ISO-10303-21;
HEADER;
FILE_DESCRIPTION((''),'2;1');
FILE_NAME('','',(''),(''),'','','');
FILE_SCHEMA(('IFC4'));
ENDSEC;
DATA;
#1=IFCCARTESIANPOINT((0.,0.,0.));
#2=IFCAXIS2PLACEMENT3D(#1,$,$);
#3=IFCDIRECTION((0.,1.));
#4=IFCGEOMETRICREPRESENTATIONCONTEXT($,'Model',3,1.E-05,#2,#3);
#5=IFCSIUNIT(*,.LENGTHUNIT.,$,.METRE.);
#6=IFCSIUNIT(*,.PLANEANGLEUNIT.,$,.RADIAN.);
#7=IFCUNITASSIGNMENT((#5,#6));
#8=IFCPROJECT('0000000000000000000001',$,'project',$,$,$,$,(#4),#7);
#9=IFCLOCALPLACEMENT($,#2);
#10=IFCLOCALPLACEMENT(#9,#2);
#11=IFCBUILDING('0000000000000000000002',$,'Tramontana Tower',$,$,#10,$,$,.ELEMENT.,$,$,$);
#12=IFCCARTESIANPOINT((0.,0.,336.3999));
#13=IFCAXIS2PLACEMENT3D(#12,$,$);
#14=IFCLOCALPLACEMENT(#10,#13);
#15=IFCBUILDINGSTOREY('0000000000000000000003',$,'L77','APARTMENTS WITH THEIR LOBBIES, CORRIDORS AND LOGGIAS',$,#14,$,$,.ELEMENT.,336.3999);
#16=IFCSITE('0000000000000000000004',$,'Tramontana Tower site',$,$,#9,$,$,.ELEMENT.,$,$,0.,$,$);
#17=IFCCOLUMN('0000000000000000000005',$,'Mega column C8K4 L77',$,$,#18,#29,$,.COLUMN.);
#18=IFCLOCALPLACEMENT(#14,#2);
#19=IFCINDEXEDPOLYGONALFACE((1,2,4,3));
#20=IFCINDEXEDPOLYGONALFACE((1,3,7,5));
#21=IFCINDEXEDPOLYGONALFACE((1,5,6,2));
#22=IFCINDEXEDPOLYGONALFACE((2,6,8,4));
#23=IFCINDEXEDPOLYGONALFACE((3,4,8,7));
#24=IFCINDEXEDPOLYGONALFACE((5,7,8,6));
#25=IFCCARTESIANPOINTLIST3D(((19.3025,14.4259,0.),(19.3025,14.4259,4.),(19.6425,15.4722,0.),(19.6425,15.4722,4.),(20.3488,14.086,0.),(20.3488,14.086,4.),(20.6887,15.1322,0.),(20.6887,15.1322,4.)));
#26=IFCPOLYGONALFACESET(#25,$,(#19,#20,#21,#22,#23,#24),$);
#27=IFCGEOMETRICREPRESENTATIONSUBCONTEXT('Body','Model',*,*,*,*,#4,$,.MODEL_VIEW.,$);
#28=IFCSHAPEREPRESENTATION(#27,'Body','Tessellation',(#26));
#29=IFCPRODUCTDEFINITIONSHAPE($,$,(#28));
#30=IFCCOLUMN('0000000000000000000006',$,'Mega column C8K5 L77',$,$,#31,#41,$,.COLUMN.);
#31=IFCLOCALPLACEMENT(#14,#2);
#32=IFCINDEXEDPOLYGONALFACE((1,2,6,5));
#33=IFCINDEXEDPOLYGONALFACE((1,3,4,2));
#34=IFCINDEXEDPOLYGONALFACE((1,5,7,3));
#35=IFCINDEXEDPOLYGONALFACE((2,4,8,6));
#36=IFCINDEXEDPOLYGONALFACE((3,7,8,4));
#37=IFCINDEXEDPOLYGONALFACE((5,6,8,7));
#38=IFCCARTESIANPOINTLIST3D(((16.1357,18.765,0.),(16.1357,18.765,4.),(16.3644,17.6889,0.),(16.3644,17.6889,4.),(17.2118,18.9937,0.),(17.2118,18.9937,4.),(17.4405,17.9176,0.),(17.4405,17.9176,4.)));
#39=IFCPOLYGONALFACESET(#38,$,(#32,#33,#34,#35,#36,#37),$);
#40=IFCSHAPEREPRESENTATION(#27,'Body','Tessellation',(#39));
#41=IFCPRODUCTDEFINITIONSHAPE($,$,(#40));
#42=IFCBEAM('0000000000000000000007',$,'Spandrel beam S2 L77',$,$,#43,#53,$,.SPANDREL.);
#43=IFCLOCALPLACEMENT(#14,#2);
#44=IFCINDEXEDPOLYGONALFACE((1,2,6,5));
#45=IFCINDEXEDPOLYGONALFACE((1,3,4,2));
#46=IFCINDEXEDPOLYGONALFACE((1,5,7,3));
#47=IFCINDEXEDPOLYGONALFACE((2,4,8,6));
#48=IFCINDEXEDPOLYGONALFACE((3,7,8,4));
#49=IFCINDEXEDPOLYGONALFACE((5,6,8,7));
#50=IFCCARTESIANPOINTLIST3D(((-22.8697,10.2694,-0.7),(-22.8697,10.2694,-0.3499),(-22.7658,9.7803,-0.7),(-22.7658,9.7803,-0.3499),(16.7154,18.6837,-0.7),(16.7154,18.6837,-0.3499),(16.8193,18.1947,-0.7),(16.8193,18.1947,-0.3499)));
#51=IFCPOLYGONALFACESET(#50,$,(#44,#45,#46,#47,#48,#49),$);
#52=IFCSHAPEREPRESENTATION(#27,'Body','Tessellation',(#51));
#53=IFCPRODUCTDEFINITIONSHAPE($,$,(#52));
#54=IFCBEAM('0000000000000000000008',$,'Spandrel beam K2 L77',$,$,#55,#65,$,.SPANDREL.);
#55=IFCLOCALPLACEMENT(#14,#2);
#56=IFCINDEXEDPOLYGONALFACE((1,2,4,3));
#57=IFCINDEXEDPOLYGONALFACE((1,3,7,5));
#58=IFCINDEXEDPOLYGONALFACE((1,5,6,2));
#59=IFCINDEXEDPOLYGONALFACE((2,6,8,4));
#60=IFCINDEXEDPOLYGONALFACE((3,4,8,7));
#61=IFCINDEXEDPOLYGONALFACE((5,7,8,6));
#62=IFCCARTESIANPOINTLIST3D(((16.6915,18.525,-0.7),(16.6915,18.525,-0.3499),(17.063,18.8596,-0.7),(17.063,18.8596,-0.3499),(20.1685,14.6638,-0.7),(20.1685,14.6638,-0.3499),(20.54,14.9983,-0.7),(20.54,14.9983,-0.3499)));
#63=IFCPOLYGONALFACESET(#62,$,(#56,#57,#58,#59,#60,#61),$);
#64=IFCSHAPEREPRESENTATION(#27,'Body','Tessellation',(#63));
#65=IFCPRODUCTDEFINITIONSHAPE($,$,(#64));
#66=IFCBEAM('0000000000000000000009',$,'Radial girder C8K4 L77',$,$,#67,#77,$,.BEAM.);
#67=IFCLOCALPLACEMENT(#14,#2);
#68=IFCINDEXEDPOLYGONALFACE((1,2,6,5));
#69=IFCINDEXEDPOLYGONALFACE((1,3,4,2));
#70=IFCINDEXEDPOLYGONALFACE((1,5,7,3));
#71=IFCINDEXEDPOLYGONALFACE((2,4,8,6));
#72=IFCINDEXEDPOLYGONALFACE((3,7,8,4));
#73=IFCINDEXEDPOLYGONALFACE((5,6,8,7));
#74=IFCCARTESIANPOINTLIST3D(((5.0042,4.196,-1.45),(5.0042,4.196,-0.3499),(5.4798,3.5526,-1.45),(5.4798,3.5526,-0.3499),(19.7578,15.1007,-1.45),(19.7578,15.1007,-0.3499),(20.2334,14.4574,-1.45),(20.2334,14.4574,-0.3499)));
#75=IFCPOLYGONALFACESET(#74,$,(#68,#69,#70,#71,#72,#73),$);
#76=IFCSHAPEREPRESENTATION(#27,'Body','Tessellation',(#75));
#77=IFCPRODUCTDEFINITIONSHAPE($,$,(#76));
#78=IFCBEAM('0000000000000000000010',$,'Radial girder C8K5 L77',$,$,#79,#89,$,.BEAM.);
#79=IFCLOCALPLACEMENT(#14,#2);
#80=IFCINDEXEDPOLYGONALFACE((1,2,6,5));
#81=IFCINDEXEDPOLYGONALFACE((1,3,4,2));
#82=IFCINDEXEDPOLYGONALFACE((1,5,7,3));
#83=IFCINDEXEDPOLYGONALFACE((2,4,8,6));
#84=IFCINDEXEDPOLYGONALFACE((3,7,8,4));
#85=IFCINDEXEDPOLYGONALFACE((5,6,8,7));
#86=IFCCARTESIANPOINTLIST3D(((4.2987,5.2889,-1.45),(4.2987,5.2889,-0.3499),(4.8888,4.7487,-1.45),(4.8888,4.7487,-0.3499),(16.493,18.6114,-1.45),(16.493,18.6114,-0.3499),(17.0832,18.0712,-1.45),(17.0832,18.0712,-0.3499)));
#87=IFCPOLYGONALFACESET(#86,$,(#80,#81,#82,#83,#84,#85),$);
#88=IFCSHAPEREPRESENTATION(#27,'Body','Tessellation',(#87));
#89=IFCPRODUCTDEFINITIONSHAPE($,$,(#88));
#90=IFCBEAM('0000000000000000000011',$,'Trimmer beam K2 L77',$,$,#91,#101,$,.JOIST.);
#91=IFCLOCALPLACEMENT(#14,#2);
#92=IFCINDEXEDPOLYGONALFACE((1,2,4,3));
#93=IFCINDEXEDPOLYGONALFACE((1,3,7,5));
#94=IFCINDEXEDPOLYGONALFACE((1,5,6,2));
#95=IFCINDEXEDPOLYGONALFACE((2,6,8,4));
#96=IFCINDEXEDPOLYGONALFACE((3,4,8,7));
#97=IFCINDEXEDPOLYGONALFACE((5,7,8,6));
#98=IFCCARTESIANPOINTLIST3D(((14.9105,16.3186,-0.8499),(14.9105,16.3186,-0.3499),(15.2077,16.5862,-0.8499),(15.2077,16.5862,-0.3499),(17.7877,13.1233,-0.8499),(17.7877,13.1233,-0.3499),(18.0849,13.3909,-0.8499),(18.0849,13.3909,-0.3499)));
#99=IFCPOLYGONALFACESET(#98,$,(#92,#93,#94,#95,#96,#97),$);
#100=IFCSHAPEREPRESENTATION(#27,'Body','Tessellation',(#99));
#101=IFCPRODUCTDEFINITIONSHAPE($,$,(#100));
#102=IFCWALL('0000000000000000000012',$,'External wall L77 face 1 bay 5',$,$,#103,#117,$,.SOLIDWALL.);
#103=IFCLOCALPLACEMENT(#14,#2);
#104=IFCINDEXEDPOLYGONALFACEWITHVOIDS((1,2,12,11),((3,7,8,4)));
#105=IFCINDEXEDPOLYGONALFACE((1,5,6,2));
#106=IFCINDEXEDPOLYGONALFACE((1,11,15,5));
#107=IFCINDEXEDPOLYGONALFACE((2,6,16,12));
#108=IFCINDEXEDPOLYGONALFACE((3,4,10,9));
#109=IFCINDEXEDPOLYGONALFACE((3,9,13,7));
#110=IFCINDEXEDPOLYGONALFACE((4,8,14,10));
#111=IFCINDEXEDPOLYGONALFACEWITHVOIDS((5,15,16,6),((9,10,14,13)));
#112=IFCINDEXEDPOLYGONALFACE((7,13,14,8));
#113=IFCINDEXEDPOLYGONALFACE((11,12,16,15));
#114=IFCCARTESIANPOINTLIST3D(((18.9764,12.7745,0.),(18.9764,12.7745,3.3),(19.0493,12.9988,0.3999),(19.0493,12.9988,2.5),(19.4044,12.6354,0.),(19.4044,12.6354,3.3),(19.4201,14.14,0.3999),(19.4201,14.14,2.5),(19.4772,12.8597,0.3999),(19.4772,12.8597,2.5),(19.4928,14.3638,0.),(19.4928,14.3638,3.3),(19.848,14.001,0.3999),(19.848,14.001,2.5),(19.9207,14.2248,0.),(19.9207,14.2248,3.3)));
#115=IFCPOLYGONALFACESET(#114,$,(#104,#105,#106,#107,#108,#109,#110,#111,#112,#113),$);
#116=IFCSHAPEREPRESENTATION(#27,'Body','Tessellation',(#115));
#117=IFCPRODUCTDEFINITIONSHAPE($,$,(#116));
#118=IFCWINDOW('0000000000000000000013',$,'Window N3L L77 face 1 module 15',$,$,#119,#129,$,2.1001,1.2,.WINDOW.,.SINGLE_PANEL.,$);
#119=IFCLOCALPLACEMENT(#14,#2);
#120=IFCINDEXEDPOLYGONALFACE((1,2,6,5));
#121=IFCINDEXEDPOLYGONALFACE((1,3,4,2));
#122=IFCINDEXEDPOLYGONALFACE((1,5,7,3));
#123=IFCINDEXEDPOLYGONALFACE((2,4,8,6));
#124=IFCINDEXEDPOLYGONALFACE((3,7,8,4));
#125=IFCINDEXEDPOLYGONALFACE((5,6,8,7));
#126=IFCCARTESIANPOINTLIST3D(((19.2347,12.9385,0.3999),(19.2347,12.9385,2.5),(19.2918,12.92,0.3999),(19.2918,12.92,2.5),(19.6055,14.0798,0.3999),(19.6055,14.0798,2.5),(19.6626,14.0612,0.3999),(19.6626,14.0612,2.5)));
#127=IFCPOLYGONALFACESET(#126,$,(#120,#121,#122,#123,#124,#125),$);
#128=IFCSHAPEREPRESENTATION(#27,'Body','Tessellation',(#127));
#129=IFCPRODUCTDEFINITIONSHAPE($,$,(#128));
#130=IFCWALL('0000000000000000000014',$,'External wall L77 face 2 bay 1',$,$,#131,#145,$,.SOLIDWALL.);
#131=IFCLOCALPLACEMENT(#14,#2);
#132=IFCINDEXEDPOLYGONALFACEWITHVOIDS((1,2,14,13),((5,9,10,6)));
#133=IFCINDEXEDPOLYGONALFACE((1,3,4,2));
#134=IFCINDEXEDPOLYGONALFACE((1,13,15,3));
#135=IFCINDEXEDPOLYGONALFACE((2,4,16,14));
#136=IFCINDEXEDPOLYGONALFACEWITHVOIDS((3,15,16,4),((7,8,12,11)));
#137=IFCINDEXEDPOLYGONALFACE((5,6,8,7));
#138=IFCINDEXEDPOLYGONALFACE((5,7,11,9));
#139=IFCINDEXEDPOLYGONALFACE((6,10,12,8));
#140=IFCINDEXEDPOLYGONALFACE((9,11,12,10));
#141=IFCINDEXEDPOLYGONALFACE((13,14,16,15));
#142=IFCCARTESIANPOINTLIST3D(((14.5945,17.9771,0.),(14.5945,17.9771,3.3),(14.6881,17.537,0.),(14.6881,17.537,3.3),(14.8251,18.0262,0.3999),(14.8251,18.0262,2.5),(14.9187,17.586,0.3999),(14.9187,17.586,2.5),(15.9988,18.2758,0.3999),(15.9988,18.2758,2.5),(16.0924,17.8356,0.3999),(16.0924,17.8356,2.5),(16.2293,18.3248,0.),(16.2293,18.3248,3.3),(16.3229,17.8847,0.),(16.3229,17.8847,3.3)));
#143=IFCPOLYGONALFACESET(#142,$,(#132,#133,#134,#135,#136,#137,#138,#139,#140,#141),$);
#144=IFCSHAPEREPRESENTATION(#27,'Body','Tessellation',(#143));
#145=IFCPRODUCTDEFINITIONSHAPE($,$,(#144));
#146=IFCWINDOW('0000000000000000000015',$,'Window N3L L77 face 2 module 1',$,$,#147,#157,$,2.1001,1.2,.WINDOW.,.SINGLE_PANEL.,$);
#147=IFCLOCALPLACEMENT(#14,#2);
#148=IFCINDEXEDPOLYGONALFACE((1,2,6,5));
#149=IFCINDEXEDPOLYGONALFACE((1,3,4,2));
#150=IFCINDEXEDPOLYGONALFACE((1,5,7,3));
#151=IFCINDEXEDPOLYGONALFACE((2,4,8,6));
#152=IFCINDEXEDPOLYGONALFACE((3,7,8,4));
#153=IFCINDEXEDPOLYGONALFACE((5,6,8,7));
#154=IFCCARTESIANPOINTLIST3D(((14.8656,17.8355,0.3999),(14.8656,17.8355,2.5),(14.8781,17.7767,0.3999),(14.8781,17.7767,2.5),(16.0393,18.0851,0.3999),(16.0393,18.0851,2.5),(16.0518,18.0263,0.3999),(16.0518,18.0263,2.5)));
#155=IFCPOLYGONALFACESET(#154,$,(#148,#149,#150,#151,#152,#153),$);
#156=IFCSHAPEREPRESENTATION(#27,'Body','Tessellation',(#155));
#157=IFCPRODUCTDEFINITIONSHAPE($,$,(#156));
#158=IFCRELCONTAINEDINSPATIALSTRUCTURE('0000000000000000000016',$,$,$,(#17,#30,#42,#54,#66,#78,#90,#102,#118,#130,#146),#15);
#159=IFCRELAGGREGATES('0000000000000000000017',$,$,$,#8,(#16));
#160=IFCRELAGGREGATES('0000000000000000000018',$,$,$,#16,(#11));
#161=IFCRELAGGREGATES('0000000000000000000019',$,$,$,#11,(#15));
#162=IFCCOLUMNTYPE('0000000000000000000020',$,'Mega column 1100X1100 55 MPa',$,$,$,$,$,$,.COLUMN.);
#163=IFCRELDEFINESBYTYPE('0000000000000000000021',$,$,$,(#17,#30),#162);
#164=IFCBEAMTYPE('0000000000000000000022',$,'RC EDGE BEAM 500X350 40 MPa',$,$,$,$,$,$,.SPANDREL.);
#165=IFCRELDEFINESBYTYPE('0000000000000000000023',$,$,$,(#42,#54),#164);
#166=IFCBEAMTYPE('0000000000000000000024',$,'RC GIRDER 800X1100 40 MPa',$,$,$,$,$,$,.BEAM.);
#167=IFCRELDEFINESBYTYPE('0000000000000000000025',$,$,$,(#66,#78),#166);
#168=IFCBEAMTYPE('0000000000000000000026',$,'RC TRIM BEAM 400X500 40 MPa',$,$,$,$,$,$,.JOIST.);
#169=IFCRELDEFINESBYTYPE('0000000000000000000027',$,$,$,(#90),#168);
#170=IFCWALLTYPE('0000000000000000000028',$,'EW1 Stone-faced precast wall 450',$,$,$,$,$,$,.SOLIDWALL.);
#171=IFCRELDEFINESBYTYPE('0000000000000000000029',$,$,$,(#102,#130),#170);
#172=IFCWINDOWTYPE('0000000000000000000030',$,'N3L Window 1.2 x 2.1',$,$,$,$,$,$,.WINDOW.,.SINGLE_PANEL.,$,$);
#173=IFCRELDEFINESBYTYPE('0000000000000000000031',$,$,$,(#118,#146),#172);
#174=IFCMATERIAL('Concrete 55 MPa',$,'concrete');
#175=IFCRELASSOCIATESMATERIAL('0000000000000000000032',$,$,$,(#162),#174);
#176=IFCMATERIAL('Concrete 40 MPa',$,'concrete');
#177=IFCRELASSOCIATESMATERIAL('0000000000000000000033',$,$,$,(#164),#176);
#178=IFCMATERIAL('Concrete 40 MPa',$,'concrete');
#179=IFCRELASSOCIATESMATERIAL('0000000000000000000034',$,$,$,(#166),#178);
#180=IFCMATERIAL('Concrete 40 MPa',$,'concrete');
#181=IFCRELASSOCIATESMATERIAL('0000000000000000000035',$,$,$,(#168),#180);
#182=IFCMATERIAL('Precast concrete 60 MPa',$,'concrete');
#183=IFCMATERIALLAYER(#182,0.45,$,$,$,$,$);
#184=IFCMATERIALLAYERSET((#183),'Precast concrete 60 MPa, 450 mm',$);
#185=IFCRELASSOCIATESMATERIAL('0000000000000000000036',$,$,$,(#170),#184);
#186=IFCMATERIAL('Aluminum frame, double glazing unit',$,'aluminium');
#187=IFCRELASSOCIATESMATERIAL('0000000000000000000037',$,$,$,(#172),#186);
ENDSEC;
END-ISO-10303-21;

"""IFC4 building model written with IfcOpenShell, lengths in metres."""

from ifc_helpers import new_model, si_unit, direction, frame, frame_2d, origin, origin_2d, place, context, subcontext, project, spatial, rectangle, extrude, material, layer, layer_set, material_profile, profile_set, type_object, element, fill, save


model = new_model("IFC4")

# Units and contexts
model_context = context("Model", 3, precision=1e-05, world=origin(), true_north=direction((0.0, 1.0)))
body_context = subcontext(model_context, "Body", "Model", "MODEL_VIEW")
ifc_project = project(units=[si_unit("LENGTHUNIT", "METRE"), si_unit("PLANEANGLEUNIT", "RADIAN")], contexts=[model_context])

# Site, building, storey
site_placement = place(None, origin())
site = spatial("IfcSite", under=ifc_project, at=site_placement, Name="Tramontana Tower site", CompositionType="ELEMENT", RefElevation=0.0)
building_placement = place(site_placement, origin())
building = spatial("IfcBuilding", under=site, at=building_placement, Name="Tramontana Tower", CompositionType="ELEMENT")
storey_placement = place(building_placement, frame((0.0, 0.0, 336.3999)))
storey = spatial("IfcBuildingStorey", under=building, at=storey_placement, Name="L77", Description="APARTMENTS WITH THEIR LOBBIES, CORRIDORS AND LOGGIAS", CompositionType="ELEMENT", Elevation=336.3999)

# Columns
ifc_material_1 = material(Name="Concrete 55 MPa", Category="concrete")
ifc_material_profile_1 = material_profile(ifc_material_1, rectangle(XDim=1.1001, YDim=1.1001, at=origin_2d()), Name="Mega column 1100X1100 55 MPa")
ifc_profile_set_1 = profile_set([ifc_material_profile_1], Name="Concrete 55 MPa")
column_type = type_object("IfcColumnType", Name="Mega column 1100X1100 55 MPa", PredefinedType="COLUMN", material=ifc_profile_set_1)
for number, where, z_axis, x_axis, name in (
    (1, (19.9956, 14.7791, 0.0), (0.0, 0.0, 1.0), (0.309017, 0.951057, 0.0), "Mega column C8K4 L77"),
    (2, (16.7881, 18.3413, 0.0), (0.0, 0.0, 1.0), (-0.978148, -0.207912, 0.0), "Mega column C8K5 L77"),
):
    element("IfcColumn", number, at=place(storey_placement, frame(where, z_axis=z_axis, x_axis=x_axis)), inside=storey, type_object=column_type, Name=name, PredefinedType="COLUMN", context=body_context, shape_type="SweptSolid", body=[
        extrude(rectangle(XDim=1.1001, YDim=1.1001, at=origin_2d()), origin(), (0.0, 0.0, 1.0), 4.0),
    ])

# Beams
ifc_material_2 = material(Name="Concrete 40 MPa", Category="concrete")
ifc_material_profile_2 = material_profile(ifc_material_2, rectangle(XDim=0.5, YDim=0.3501, at=origin_2d()), Name="RC EDGE BEAM 500X350 40 MPa")
ifc_profile_set_2 = profile_set([ifc_material_profile_2], Name="Concrete 40 MPa")
beam_type_1 = type_object("IfcBeamType", Name="RC EDGE BEAM 500X350 40 MPa", PredefinedType="SPANDREL", material=ifc_profile_set_2)
beam_1_placement = place(storey_placement, frame((16.7673, 18.4392, -0.5249), z_axis=(-0.978146, -0.207918, 0.0), x_axis=(0.207918, -0.978146, 0.0)))
element("IfcBeam", 3, at=beam_1_placement, inside=storey, type_object=beam_type_1, Name="Spandrel beam S2 L77", PredefinedType="SPANDREL", context=body_context, shape_type="SweptSolid", body=[
    extrude(rectangle(XDim=0.5, YDim=0.3501, at=origin_2d()), origin(), (0.0, 0.0, 1.0), 40.4695),
])
beam_2_placement = place(storey_placement, frame((20.3542, 14.8311, -0.5249), z_axis=(-0.669162, 0.743117, 0.0), x_axis=(-0.743117, -0.669162, 0.0)))
element("IfcBeam", 4, at=beam_2_placement, inside=storey, type_object=beam_type_1, Name="Spandrel beam K2 L77", PredefinedType="SPANDREL", context=body_context, shape_type="SweptSolid", body=[
    extrude(rectangle(XDim=0.5, YDim=0.3501, at=origin_2d()), origin(), (0.0, 0.0, 1.0), 5.196),
])
ifc_material_3 = material(Name="Concrete 40 MPa", Category="concrete")
ifc_material_profile_3 = material_profile(ifc_material_3, rectangle(XDim=0.8, YDim=1.1001, at=origin_2d()), Name="RC GIRDER 800X1100 40 MPa")
ifc_profile_set_3 = profile_set([ifc_material_profile_3], Name="Concrete 40 MPa")
beam_type_2 = type_object("IfcBeamType", Name="RC GIRDER 800X1100 40 MPa", PredefinedType="BEAM", material=ifc_profile_set_3)
beam_3_placement = place(storey_placement, frame((19.9956, 14.7791, -0.8999), z_axis=(-0.804179, -0.594388, 0.0), x_axis=(0.594388, -0.804179, 0.0)))
element("IfcBeam", 5, at=beam_3_placement, inside=storey, type_object=beam_type_2, Name="Radial girder C8K4 L77", PredefinedType="BEAM", context=body_context, shape_type="SweptSolid", body=[
    extrude(rectangle(XDim=0.8, YDim=1.1001, at=origin_2d()), origin(), (0.0, 0.0, 1.0), 18.3462),
])
beam_4_placement = place(storey_placement, frame((16.7881, 18.3413, -0.8999), z_axis=(-0.675184, -0.737649, 0.0), x_axis=(0.737649, -0.675184, 0.0)))
element("IfcBeam", 6, at=beam_4_placement, inside=storey, type_object=beam_type_2, Name="Radial girder C8K5 L77", PredefinedType="BEAM", context=body_context, shape_type="SweptSolid", body=[
    extrude(rectangle(XDim=0.8, YDim=1.1001, at=origin_2d()), origin(), (0.0, 0.0, 1.0), 18.0608),
])
ifc_material_4 = material(Name="Concrete 40 MPa", Category="concrete")
ifc_material_profile_4 = material_profile(ifc_material_4, rectangle(XDim=0.3999, YDim=0.5, at=origin_2d()), Name="RC TRIM BEAM 400X500 40 MPa")
ifc_profile_set_4 = profile_set([ifc_material_profile_4], Name="Concrete 40 MPa")
beam_type_3 = type_object("IfcBeamType", Name="RC TRIM BEAM 400X500 40 MPa", PredefinedType="JOIST", material=ifc_profile_set_4)
beam_5_placement = place(storey_placement, frame((17.9363, 13.2571, -0.5999), z_axis=(-0.669147, 0.74313, 0.0), x_axis=(-0.74313, -0.669147, 0.0)))
element("IfcBeam", 7, at=beam_5_placement, inside=storey, type_object=beam_type_3, Name="Trimmer beam K2 L77", PredefinedType="JOIST", context=body_context, shape_type="SweptSolid", body=[
    extrude(rectangle(XDim=0.3999, YDim=0.5, at=origin_2d()), origin(), (0.0, 0.0, 1.0), 4.2998),
])

# Walls, openings, windows
ifc_material_5 = material(Name="Precast concrete 60 MPa", Category="concrete")
ifc_layer_1 = layer(ifc_material_5, 0.45)
ifc_layer_set_1 = layer_set([ifc_layer_1], Name="Precast concrete 60 MPa, 450 mm")
wall_type_1 = type_object("IfcWallType", Name="EW1 Stone-faced precast wall 450", PredefinedType="SOLIDWALL", material=ifc_layer_set_1)
wall_1_placement = place(storey_placement, frame((19.1904, 12.7051, 0.0), z_axis=(0.0, 0.0, 1.0), x_axis=(0.308987, 0.951066, 0.0)))
wall_1 = element("IfcWall", 8, at=wall_1_placement, inside=storey, type_object=wall_type_1, Name="External wall L77 face 1 bay 5", PredefinedType="SOLIDWALL", context=body_context, shape_type="SweptSolid", body=[
    extrude(rectangle(XDim=1.6711, YDim=0.45, at=frame_2d((0.8354, 0.0))), origin(), (0.0, 0.0, 1.0), 3.3),
])
opening_1_placement = place(wall_1_placement, frame((0.2356, 0.0, 0.3999)))
opening_1 = element("IfcOpeningElement", 9, at=opening_1_placement, cuts=wall_1, PredefinedType="OPENING", context=body_context, shape_type="SweptSolid", body=[
    extrude(rectangle(XDim=1.2, YDim=2.1001, at=frame_2d((0.6001, 1.05))), frame((0.0, 0.2349, 0.0), z_axis=(0.0, -1.0, 0.0), x_axis=(1.0, 0.0, 0.0)), (0.0, 0.0, 1.0), 0.47),
])
ifc_material_6 = material(Name="Aluminum frame, double glazing unit", Category="aluminium")
window_type_1 = type_object("IfcWindowType", Name="N3L Window 1.2 x 2.1", PartitioningType="SINGLE_PANEL", PredefinedType="WINDOW", material=ifc_material_6)
window_1_placement = place(opening_1_placement, origin())
window_1 = element("IfcWindow", 10, at=window_1_placement, inside=storey, type_object=window_type_1, Name="Window N3L L77 face 1 module 15", OverallHeight=2.1001, OverallWidth=1.2, PartitioningType="SINGLE_PANEL", PredefinedType="WINDOW", context=body_context, shape_type="SweptSolid", body=[
    extrude(rectangle(XDim=1.2, YDim=2.1001, at=frame_2d((0.6001, 1.05))), frame((0.0, 0.03, 0.0), z_axis=(0.0, -1.0, 0.0), x_axis=(1.0, 0.0, 0.0)), (0.0, 0.0, 1.0), 0.0601),
])
fill(opening_1, window_1)
wall_2_placement = place(storey_placement, frame((16.2761, 18.1047, 0.0), z_axis=(0.0, 0.0, 1.0), x_axis=(-0.978126, -0.208012, 0.0)))
wall_2 = element("IfcWall", 11, at=wall_2_placement, inside=storey, type_object=wall_type_1, Name="External wall L77 face 2 bay 1", PredefinedType="SOLIDWALL", context=body_context, shape_type="SweptSolid", body=[
    extrude(rectangle(XDim=1.6714, YDim=0.45, at=frame_2d((0.8357, 0.0))), origin(), (0.0, 0.0, 1.0), 3.3),
])
opening_2_placement = place(wall_2_placement, frame((0.2356, 0.0, 0.3999)))
opening_2 = element("IfcOpeningElement", 12, at=opening_2_placement, cuts=wall_2, PredefinedType="OPENING", context=body_context, shape_type="SweptSolid", body=[
    extrude(rectangle(XDim=1.2, YDim=2.1001, at=frame_2d((0.6001, 1.05))), frame((0.0, 0.2349, 0.0), z_axis=(0.0, -1.0, 0.0), x_axis=(1.0, 0.0, 0.0)), (0.0, 0.0, 1.0), 0.47),
])
window_2_placement = place(opening_2_placement, origin())
window_2 = element("IfcWindow", 13, at=window_2_placement, inside=storey, type_object=window_type_1, Name="Window N3L L77 face 2 module 1", OverallHeight=2.1001, OverallWidth=1.2, PartitioningType="SINGLE_PANEL", PredefinedType="WINDOW", context=body_context, shape_type="SweptSolid", body=[
    extrude(rectangle(XDim=1.2, YDim=2.1001, at=frame_2d((0.6001, 1.05))), frame((0.0, 0.03, 0.0), z_axis=(0.0, -1.0, 0.0), x_axis=(1.0, 0.0, 0.0)), (0.0, 0.0, 1.0), 0.0601),
])
fill(opening_2, window_2)

save(model, "model.ifc")
